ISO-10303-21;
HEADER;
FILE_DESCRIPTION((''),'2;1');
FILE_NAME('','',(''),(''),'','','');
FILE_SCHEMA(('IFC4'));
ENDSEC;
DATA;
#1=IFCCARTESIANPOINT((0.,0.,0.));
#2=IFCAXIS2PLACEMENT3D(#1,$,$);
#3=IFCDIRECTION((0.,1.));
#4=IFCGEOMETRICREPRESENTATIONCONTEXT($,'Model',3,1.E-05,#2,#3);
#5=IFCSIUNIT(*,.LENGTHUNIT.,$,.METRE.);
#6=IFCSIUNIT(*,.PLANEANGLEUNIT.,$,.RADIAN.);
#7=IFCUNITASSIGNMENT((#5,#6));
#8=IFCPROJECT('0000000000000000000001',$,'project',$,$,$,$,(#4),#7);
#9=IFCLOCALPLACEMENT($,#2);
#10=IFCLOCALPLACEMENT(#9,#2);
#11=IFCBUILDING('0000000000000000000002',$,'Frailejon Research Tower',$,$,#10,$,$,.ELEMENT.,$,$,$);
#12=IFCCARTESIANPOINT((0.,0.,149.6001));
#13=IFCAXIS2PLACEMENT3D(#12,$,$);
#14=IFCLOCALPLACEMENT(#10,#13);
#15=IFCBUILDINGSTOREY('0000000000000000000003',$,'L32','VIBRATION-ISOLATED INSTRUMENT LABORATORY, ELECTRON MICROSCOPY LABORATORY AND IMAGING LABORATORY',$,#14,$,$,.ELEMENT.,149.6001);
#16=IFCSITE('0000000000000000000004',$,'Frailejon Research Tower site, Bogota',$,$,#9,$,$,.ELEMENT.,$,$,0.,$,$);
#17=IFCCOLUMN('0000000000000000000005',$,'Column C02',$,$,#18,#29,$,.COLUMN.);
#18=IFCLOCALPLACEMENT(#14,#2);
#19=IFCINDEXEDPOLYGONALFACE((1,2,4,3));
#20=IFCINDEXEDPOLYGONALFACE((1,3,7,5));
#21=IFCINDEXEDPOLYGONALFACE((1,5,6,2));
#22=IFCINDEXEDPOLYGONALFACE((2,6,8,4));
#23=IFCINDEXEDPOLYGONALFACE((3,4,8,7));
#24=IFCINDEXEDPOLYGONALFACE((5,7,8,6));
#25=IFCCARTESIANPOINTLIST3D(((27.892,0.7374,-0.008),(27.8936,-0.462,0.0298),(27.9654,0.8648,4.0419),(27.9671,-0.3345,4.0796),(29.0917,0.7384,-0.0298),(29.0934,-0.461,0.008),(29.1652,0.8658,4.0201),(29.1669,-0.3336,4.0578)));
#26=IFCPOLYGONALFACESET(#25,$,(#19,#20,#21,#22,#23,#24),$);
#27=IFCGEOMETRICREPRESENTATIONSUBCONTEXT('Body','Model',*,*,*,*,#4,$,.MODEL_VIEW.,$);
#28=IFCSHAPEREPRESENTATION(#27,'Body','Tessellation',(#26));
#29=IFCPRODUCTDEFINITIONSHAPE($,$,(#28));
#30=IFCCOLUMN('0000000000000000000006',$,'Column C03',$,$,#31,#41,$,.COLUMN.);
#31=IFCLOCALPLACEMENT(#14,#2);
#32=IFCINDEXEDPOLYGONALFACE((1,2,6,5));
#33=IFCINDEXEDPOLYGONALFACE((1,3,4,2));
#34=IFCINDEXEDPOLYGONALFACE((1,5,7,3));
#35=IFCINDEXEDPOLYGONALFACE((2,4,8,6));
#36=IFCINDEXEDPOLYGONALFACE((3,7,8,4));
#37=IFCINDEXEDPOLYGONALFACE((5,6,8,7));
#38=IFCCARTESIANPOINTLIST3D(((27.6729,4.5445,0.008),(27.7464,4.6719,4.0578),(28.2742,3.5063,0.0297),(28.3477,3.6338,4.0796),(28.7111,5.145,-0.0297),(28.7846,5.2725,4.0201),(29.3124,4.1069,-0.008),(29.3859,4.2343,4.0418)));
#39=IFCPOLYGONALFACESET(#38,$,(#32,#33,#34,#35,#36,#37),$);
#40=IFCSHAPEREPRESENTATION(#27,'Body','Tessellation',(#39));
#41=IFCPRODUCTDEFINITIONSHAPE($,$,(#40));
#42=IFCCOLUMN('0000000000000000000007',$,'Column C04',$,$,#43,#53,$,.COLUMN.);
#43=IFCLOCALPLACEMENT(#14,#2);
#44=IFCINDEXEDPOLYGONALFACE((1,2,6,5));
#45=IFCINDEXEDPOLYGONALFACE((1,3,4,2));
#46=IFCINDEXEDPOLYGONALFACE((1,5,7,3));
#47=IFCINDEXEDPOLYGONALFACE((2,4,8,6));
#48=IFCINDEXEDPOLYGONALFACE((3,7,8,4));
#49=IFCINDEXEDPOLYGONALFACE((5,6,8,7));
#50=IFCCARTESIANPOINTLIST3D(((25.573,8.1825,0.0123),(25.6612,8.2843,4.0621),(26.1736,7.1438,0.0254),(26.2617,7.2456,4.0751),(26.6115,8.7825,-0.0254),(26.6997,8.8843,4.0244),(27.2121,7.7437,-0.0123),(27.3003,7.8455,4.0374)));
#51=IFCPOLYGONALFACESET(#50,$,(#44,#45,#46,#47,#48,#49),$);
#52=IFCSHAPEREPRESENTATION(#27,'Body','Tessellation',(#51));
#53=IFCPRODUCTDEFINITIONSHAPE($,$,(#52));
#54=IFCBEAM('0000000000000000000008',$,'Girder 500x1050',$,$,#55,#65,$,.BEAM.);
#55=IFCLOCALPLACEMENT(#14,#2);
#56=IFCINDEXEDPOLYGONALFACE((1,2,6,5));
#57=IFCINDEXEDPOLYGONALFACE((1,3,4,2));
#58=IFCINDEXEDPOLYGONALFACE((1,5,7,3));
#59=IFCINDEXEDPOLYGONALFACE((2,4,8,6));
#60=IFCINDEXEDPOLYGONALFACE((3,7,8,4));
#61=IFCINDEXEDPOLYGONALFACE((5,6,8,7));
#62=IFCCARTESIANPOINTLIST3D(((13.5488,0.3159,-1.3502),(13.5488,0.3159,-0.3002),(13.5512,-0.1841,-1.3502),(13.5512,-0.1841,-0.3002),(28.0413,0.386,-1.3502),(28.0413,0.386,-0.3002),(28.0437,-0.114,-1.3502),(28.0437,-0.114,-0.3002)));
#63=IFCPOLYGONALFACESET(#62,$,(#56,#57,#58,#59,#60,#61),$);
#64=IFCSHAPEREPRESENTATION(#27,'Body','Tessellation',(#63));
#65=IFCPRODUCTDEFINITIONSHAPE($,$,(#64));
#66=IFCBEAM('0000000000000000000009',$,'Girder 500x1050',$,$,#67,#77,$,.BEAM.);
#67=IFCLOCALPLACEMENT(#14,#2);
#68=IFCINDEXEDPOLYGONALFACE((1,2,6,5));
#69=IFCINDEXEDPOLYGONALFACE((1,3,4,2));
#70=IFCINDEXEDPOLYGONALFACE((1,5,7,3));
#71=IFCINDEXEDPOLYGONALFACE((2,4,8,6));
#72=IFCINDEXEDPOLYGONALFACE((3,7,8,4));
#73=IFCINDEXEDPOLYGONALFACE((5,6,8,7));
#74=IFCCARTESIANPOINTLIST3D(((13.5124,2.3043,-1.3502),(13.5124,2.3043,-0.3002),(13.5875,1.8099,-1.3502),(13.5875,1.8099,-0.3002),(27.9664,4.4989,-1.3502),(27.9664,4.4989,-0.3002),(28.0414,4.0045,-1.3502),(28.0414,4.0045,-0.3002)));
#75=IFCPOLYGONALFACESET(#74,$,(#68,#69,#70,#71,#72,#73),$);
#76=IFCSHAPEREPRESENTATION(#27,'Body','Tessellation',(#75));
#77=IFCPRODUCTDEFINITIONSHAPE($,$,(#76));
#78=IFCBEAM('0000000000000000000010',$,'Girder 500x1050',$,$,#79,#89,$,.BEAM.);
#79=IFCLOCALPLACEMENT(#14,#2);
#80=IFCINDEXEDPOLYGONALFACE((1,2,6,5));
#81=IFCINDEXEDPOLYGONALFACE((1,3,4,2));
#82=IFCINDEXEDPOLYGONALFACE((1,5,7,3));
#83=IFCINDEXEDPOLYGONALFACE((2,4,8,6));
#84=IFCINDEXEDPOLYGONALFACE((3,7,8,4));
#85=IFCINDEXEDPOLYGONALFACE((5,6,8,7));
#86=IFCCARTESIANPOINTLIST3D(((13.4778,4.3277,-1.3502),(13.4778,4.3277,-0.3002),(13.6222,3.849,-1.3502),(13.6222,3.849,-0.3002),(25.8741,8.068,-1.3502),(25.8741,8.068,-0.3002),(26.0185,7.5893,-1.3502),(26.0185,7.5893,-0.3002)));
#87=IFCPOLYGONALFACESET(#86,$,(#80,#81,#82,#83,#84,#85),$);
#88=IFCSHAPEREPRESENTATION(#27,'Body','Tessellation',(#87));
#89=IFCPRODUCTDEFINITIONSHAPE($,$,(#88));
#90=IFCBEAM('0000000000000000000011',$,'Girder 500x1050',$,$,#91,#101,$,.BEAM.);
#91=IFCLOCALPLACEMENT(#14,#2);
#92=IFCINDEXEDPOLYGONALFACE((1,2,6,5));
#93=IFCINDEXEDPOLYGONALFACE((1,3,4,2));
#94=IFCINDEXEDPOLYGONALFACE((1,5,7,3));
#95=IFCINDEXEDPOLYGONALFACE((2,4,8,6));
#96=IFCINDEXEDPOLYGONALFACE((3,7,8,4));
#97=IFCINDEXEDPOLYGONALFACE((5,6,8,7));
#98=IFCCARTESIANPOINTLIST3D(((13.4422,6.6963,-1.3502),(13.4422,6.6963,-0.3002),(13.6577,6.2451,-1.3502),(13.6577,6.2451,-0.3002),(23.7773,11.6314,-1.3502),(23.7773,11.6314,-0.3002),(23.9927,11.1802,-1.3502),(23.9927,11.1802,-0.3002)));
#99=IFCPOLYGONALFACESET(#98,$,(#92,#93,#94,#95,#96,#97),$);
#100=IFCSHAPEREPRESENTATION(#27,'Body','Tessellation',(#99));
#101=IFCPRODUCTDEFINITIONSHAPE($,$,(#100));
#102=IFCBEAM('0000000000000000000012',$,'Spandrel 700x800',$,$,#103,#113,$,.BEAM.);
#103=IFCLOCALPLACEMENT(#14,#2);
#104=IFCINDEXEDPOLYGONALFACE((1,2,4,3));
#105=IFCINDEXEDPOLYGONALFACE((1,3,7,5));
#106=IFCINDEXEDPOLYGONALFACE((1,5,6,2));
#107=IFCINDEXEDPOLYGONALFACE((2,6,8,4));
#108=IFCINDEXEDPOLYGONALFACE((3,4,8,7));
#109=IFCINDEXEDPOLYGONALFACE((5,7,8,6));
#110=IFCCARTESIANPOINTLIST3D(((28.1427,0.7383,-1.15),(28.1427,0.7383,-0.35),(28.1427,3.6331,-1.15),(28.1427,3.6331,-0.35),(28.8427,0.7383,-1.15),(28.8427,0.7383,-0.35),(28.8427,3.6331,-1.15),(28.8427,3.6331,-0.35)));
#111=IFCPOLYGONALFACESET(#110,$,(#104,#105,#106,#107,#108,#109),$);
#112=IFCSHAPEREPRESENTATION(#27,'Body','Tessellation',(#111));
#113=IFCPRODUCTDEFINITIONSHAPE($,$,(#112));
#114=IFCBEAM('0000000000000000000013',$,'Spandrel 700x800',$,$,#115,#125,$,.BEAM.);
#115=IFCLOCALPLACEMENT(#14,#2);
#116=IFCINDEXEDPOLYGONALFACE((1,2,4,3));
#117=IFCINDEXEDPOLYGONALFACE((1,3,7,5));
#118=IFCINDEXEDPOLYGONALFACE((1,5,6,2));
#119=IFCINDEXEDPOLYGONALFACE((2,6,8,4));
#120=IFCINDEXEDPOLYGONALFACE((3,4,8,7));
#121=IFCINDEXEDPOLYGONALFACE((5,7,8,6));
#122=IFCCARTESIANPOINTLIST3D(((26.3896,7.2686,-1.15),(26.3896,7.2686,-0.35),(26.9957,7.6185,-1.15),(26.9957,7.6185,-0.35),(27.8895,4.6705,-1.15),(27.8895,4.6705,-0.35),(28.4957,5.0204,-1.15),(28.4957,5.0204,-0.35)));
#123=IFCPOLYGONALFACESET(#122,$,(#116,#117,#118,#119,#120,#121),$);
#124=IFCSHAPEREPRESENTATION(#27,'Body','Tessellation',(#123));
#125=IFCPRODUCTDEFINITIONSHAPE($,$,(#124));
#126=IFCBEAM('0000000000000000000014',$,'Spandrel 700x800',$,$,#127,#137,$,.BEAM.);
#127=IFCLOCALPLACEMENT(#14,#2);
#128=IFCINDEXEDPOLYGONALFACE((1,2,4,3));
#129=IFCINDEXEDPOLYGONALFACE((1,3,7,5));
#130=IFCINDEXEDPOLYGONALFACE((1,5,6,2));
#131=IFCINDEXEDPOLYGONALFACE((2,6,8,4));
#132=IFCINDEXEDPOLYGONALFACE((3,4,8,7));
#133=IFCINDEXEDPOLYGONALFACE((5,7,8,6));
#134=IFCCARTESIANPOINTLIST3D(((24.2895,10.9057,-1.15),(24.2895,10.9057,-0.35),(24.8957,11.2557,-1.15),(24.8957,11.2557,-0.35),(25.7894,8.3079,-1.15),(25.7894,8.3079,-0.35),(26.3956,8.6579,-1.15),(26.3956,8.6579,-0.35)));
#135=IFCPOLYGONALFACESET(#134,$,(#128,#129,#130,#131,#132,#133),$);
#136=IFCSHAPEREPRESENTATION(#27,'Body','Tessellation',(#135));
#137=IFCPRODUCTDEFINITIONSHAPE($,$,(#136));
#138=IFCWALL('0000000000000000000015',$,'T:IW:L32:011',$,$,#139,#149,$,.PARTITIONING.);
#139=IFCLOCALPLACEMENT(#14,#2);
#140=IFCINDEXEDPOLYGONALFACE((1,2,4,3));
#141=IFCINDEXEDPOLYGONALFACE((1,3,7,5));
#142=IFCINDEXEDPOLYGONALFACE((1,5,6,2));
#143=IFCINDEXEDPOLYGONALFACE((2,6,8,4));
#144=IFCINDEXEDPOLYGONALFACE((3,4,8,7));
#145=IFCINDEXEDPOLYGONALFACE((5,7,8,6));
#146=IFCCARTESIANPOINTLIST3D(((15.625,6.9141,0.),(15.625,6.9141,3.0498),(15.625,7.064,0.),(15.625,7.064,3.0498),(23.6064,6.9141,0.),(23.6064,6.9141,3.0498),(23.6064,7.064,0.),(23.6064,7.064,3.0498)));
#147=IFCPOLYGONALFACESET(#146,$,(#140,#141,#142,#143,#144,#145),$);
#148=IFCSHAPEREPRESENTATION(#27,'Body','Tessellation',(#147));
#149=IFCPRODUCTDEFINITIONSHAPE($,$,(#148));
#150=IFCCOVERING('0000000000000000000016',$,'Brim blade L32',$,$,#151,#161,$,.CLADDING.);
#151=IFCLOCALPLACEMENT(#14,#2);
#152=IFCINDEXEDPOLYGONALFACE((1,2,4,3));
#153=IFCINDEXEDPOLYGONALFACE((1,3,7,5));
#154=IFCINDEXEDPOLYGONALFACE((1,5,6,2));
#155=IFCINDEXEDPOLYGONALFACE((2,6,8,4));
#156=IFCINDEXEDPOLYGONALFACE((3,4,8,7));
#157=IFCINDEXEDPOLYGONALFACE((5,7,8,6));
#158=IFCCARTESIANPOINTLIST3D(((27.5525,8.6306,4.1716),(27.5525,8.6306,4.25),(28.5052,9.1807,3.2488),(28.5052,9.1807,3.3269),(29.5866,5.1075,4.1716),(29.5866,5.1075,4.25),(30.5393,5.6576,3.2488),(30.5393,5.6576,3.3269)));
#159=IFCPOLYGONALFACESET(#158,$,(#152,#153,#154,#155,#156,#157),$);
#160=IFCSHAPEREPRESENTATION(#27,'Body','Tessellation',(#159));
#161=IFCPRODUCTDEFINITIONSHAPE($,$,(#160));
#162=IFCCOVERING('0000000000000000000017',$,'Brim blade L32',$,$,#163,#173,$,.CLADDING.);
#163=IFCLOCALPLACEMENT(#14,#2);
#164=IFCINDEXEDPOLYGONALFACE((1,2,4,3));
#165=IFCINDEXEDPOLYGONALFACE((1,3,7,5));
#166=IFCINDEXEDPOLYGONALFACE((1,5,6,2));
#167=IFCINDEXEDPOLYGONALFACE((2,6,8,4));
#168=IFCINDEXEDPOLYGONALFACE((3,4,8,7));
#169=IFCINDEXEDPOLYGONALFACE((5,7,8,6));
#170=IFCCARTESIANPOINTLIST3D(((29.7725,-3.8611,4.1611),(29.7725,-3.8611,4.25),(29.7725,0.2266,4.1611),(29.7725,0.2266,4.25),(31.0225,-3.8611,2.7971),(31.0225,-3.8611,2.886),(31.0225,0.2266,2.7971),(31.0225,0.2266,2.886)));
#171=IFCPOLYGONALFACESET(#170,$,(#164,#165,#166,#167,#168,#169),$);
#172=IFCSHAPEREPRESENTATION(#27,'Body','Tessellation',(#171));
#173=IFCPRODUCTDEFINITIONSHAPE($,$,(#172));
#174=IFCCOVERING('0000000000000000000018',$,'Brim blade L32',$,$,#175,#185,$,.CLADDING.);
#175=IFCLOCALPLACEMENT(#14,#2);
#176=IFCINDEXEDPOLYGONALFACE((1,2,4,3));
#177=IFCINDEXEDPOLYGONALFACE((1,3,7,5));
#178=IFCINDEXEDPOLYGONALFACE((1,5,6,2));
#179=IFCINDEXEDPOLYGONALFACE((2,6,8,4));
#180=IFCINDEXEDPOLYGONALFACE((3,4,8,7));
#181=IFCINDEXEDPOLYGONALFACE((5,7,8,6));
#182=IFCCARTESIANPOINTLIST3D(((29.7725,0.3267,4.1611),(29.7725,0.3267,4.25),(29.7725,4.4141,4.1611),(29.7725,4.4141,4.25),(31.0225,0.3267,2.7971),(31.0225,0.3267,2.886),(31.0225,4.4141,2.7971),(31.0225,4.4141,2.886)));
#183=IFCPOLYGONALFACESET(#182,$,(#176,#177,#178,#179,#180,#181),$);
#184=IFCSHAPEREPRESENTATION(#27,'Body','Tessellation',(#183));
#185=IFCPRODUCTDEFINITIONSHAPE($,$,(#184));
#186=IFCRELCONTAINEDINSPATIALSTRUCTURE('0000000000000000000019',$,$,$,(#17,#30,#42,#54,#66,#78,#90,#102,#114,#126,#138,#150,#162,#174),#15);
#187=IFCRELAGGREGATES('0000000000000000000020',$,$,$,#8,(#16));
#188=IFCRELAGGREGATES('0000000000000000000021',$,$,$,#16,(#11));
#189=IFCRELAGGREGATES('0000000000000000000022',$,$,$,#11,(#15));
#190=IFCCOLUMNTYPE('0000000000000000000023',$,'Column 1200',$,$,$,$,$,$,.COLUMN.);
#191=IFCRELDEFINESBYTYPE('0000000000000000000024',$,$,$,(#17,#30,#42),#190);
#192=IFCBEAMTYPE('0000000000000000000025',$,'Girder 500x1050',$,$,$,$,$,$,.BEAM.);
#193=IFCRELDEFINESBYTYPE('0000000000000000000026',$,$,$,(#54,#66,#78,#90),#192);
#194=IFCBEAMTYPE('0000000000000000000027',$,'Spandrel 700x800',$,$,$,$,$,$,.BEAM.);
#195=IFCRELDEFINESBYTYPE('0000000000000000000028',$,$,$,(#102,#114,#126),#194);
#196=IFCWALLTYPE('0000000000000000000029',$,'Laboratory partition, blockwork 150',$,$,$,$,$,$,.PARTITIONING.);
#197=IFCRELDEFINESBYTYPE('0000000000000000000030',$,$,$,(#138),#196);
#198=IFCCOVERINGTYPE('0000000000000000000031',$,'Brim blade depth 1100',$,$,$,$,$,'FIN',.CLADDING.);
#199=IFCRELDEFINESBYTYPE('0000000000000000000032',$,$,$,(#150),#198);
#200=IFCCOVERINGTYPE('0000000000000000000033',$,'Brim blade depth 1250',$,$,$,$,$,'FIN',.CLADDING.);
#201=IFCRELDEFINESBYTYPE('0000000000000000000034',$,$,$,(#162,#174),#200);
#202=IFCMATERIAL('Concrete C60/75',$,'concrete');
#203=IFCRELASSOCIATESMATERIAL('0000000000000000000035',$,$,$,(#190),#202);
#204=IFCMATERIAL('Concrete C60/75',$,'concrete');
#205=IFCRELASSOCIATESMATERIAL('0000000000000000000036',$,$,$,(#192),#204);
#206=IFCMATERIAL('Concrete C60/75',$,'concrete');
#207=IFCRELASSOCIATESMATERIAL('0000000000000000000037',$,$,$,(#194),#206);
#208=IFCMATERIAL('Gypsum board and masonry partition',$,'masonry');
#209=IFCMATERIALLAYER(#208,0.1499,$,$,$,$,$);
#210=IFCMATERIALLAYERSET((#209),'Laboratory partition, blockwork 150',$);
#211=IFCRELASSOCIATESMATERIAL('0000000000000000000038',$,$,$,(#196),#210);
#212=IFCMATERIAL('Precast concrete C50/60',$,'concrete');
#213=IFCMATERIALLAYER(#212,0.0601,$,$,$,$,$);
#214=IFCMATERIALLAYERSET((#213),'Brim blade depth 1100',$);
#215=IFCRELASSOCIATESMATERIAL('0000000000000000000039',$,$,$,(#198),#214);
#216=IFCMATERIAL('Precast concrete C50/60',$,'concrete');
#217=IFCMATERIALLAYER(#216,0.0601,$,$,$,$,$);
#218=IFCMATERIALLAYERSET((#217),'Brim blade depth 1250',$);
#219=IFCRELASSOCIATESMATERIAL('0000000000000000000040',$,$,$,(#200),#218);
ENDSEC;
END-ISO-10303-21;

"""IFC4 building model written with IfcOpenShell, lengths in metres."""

from ifc_helpers import new_model, si_unit, direction, frame, frame_2d, origin, origin_2d, place, context, subcontext, project, spatial, polyline, rectangle, outline, extrude, material, layer, layer_set, material_profile, profile_set, type_object, element, save


model = new_model("IFC4")

# Units and contexts
model_context = context("Model", 3, precision=1e-05, world=origin(), true_north=direction((0.0, 1.0)))
body_context = subcontext(model_context, "Body", "Model", "MODEL_VIEW")
ifc_project = project(units=[si_unit("LENGTHUNIT", "METRE"), si_unit("PLANEANGLEUNIT", "RADIAN")], contexts=[model_context])

# Site, building, storey
site_placement = place(None, origin())
site = spatial("IfcSite", under=ifc_project, at=site_placement, Name="Frailejon Research Tower site, Bogota", CompositionType="ELEMENT", RefElevation=0.0)
building_placement = place(site_placement, origin())
building = spatial("IfcBuilding", under=site, at=building_placement, Name="Frailejon Research Tower", CompositionType="ELEMENT")
storey_placement = place(building_placement, frame((0.0, 0.0, 149.6001)))
storey = spatial("IfcBuildingStorey", under=building, at=storey_placement, Name="L32", Description="VIBRATION-ISOLATED INSTRUMENT LABORATORY, ELECTRON MICROSCOPY LABORATORY AND IMAGING LABORATORY", CompositionType="ELEMENT", Elevation=149.6001)

# Columns
ifc_material_1 = material(Name="Concrete C60/75", Category="concrete")
ifc_material_profile_1 = material_profile(ifc_material_1, rectangle(XDim=1.2, YDim=1.2, at=origin_2d()), Name="Column 1200")
ifc_profile_set_1 = profile_set([ifc_material_profile_1], Name="Concrete C60/75")
column_type = type_object("IfcColumnType", Name="Column 1200", PredefinedType="COLUMN", material=ifc_profile_set_1)
for number, where, z_axis, x_axis, name in (
    (1, (28.4927, 0.1382, 0.0), (0.018134, 0.031448, 0.999341), (-0.001396, 0.999505, -0.031428), "Column C02"),
    (2, (28.4927, 4.3257, 0.0), (0.018134, 0.031448, 0.999341), (-0.501126, 0.865184, -0.018133), "Column C03"),
):
    element("IfcColumn", number, at=place(storey_placement, frame(where, z_axis=z_axis, x_axis=x_axis)), inside=storey, type_object=column_type, Name=name, PredefinedType="COLUMN", context=body_context, shape_type="SweptSolid", body=[
        extrude(rectangle(XDim=1.2, YDim=1.2, at=origin_2d()), origin(), (0.0, 0.0, 1.0), 4.0525),
    ])
column_placement = place(storey_placement, frame((26.3926, 7.9631, 0.0), z_axis=(0.021751, 0.025125, 0.999448), x_axis=(-0.500502, 0.865667, -0.010869)))
element("IfcColumn", 3, at=column_placement, inside=storey, type_object=column_type, Name="Column C04", PredefinedType="COLUMN", context=body_context, shape_type="SweptSolid", body=[
    extrude(rectangle(XDim=1.2, YDim=1.2, at=origin_2d()), origin(), (0.0, 0.0, 1.0), 4.052),
])

# Beams
ifc_material_2 = material(Name="Concrete C60/75", Category="concrete")
ifc_material_profile_2 = material_profile(ifc_material_2, rectangle(XDim=0.5, YDim=1.05, at=origin_2d()), Name="Girder 500x1050")
ifc_profile_set_2 = profile_set([ifc_material_profile_2], Name="Concrete C60/75")
beam_type_1 = type_object("IfcBeamType", Name="Girder 500x1050", PredefinedType="BEAM", material=ifc_profile_set_2)
beam_1_placement = place(storey_placement, frame((28.0425, 0.136, -0.8252), z_axis=(-0.999988, -0.004835, 0.0), x_axis=(0.004835, -0.999988, 0.0)))
element("IfcBeam", 4, at=beam_1_placement, inside=storey, type_object=beam_type_1, Name="Girder 500x1050", PredefinedType="BEAM", context=body_context, shape_type="SweptSolid", body=[
    extrude(rectangle(XDim=0.5, YDim=1.05, at=origin_2d()), origin(), (0.0, 0.0, 1.0), 14.4927),
])
beam_2_placement = place(storey_placement, frame((28.0039, 4.2517, -0.8252), z_axis=(-0.988669, -0.150113, 0.0), x_axis=(0.150113, -0.988669, 0.0)))
element("IfcBeam", 5, at=beam_2_placement, inside=storey, type_object=beam_type_1, Name="Girder 500x1050", PredefinedType="BEAM", context=body_context, shape_type="SweptSolid", body=[
    extrude(rectangle(XDim=0.5, YDim=1.05, at=origin_2d()), origin(), (0.0, 0.0, 1.0), 14.6196),
])
beam_3_placement = place(storey_placement, frame((25.9463, 7.8286, -0.8252), z_axis=(-0.957371, -0.288861, 0.0), x_axis=(0.288861, -0.957371, 0.0)))
element("IfcBeam", 6, at=beam_3_placement, inside=storey, type_object=beam_type_1, Name="Girder 500x1050", PredefinedType="BEAM", context=body_context, shape_type="SweptSolid", body=[
    extrude(rectangle(XDim=0.5, YDim=1.05, at=origin_2d()), origin(), (0.0, 0.0, 1.0), 12.9482),
])
beam_4_placement = place(storey_placement, frame((23.885, 11.4058, -0.8252), z_axis=(-0.902397, -0.430905, 0.0), x_axis=(0.430905, -0.902397, 0.0)))
element("IfcBeam", 7, at=beam_4_placement, inside=storey, type_object=beam_type_1, Name="Girder 500x1050", PredefinedType="BEAM", context=body_context, shape_type="SweptSolid", body=[
    extrude(rectangle(XDim=0.5, YDim=1.05, at=origin_2d()), origin(), (0.0, 0.0, 1.0), 11.4529),
])
ifc_material_3 = material(Name="Concrete C60/75", Category="concrete")
ifc_material_profile_3 = material_profile(ifc_material_3, rectangle(XDim=0.7, YDim=0.8, at=origin_2d()), Name="Spandrel 700x800")
ifc_profile_set_3 = profile_set([ifc_material_profile_3], Name="Concrete C60/75")
beam_type_2 = type_object("IfcBeamType", Name="Spandrel 700x800", PredefinedType="BEAM", material=ifc_profile_set_3)
beam_5_placement = place(storey_placement, frame((28.4927, 0.7383, -0.75), z_axis=(0.0, 1.0, 0.0), x_axis=(-1.0, 0.0, 0.0)))
element("IfcBeam", 8, at=beam_5_placement, inside=storey, type_object=beam_type_2, Name="Spandrel 700x800", PredefinedType="BEAM", context=body_context, shape_type="SweptSolid", body=[
    extrude(rectangle(XDim=0.7, YDim=0.8, at=origin_2d()), origin(), (0.0, 0.0, 1.0), 2.8948),
])
beam_6_placement = place(storey_placement, frame((28.1926, 4.8455, -0.75), z_axis=(-0.49999, 0.866031, 0.0), x_axis=(-0.866031, -0.49999, 0.0)))
element("IfcBeam", 9, at=beam_6_placement, inside=storey, type_object=beam_type_2, Name="Spandrel 700x800", PredefinedType="BEAM", context=body_context, shape_type="SweptSolid", body=[
    extrude(rectangle(XDim=0.7, YDim=0.8, at=origin_2d()), origin(), (0.0, 0.0, 1.0), 3.0),
])
beam_7_placement = place(storey_placement, frame((26.0925, 8.4829, -0.75), z_axis=(-0.500025, 0.866011, 0.0), x_axis=(-0.866011, -0.500025, 0.0)))
element("IfcBeam", 10, at=beam_7_placement, inside=storey, type_object=beam_type_2, Name="Spandrel 700x800", PredefinedType="BEAM", context=body_context, shape_type="SweptSolid", body=[
    extrude(rectangle(XDim=0.7, YDim=0.8, at=origin_2d()), origin(), (0.0, 0.0, 1.0), 2.9998),
])

# Wall
ifc_material_4 = material(Name="Gypsum board and masonry partition", Category="masonry")
ifc_layer_1 = layer(ifc_material_4, 0.1499)
ifc_layer_set_1 = layer_set([ifc_layer_1], Name="Laboratory partition, blockwork 150")
wall_type_1 = type_object("IfcWallType", Name="Laboratory partition, blockwork 150", PredefinedType="PARTITIONING", material=ifc_layer_set_1)
wall_1_placement = place(storey_placement, frame((15.625, 6.989, 0.0), z_axis=(0.0, 0.0, 1.0), x_axis=(1.0, 0.0, 0.0)))
element("IfcWall", 11, at=wall_1_placement, inside=storey, type_object=wall_type_1, Name="T:IW:L32:011", PredefinedType="PARTITIONING", context=body_context, shape_type="SweptSolid", body=[
    extrude(rectangle(XDim=7.9814, YDim=0.1499, at=frame_2d((3.9907, 0.0))), origin(), (0.0, 0.0, 1.0), 3.0498),
])

# Coverings
ifc_material_5 = material(Name="Precast concrete C50/60", Category="concrete")
ifc_layer_2 = layer(ifc_material_5, 0.0601)
ifc_layer_set_2 = layer_set([ifc_layer_2], Name="Brim blade depth 1100")
covering_type_1 = type_object("IfcCoveringType", Name="Brim blade depth 1100", ElementType="FIN", PredefinedType="CLADDING", material=ifc_layer_set_2)
covering_1_placement = place(storey_placement, frame((27.5525, 8.6306, 4.25), z_axis=(0.500007, -0.866021, 0.0), x_axis=(0.866021, 0.500007, 0.0)))
element("IfcCovering", 12, at=covering_1_placement, inside=storey, type_object=covering_type_1, Name="Brim blade L32", PredefinedType="CLADDING", context=body_context, shape_type="SweptSolid", body=[
    extrude(outline(polyline([(0.0, -0.0784), (1.1001, -1.0012), (1.1001, -0.9231), (0.0, 0.0), (0.0, -0.0784)])), origin(), (0.0, 0.0, 1.0), 4.0681),
])
ifc_material_6 = material(Name="Precast concrete C50/60", Category="concrete")
ifc_layer_3 = layer(ifc_material_6, 0.0601)
ifc_layer_set_3 = layer_set([ifc_layer_3], Name="Brim blade depth 1250")
covering_type_2 = type_object("IfcCoveringType", Name="Brim blade depth 1250", ElementType="FIN", PredefinedType="CLADDING", material=ifc_layer_set_3)
covering_2_placement = place(storey_placement, frame((29.7725, 0.2266, 4.25), z_axis=(0.0, -1.0, 0.0), x_axis=(1.0, 0.0, 0.0)))
element("IfcCovering", 13, at=covering_2_placement, inside=storey, type_object=covering_type_2, Name="Brim blade L32", PredefinedType="CLADDING", context=body_context, shape_type="SweptSolid", body=[
    extrude(outline(polyline([(0.0, -0.0889), (1.25, -1.4529), (1.25, -1.364), (0.0, 0.0), (0.0, -0.0889)])), origin(), (0.0, 0.0, 1.0), 4.0876),
])
covering_3_placement = place(storey_placement, frame((29.7725, 4.4141, 4.25), z_axis=(0.0, -1.0, 0.0), x_axis=(1.0, 0.0, 0.0)))
element("IfcCovering", 14, at=covering_3_placement, inside=storey, type_object=covering_type_2, Name="Brim blade L32", PredefinedType="CLADDING", context=body_context, shape_type="SweptSolid", body=[
    extrude(outline(polyline([(0.0, -0.0889), (1.25, -1.4529), (1.25, -1.364), (0.0, 0.0), (0.0, -0.0889)])), origin(), (0.0, 0.0, 1.0), 4.0874),
])

save(model, "model.ifc")
